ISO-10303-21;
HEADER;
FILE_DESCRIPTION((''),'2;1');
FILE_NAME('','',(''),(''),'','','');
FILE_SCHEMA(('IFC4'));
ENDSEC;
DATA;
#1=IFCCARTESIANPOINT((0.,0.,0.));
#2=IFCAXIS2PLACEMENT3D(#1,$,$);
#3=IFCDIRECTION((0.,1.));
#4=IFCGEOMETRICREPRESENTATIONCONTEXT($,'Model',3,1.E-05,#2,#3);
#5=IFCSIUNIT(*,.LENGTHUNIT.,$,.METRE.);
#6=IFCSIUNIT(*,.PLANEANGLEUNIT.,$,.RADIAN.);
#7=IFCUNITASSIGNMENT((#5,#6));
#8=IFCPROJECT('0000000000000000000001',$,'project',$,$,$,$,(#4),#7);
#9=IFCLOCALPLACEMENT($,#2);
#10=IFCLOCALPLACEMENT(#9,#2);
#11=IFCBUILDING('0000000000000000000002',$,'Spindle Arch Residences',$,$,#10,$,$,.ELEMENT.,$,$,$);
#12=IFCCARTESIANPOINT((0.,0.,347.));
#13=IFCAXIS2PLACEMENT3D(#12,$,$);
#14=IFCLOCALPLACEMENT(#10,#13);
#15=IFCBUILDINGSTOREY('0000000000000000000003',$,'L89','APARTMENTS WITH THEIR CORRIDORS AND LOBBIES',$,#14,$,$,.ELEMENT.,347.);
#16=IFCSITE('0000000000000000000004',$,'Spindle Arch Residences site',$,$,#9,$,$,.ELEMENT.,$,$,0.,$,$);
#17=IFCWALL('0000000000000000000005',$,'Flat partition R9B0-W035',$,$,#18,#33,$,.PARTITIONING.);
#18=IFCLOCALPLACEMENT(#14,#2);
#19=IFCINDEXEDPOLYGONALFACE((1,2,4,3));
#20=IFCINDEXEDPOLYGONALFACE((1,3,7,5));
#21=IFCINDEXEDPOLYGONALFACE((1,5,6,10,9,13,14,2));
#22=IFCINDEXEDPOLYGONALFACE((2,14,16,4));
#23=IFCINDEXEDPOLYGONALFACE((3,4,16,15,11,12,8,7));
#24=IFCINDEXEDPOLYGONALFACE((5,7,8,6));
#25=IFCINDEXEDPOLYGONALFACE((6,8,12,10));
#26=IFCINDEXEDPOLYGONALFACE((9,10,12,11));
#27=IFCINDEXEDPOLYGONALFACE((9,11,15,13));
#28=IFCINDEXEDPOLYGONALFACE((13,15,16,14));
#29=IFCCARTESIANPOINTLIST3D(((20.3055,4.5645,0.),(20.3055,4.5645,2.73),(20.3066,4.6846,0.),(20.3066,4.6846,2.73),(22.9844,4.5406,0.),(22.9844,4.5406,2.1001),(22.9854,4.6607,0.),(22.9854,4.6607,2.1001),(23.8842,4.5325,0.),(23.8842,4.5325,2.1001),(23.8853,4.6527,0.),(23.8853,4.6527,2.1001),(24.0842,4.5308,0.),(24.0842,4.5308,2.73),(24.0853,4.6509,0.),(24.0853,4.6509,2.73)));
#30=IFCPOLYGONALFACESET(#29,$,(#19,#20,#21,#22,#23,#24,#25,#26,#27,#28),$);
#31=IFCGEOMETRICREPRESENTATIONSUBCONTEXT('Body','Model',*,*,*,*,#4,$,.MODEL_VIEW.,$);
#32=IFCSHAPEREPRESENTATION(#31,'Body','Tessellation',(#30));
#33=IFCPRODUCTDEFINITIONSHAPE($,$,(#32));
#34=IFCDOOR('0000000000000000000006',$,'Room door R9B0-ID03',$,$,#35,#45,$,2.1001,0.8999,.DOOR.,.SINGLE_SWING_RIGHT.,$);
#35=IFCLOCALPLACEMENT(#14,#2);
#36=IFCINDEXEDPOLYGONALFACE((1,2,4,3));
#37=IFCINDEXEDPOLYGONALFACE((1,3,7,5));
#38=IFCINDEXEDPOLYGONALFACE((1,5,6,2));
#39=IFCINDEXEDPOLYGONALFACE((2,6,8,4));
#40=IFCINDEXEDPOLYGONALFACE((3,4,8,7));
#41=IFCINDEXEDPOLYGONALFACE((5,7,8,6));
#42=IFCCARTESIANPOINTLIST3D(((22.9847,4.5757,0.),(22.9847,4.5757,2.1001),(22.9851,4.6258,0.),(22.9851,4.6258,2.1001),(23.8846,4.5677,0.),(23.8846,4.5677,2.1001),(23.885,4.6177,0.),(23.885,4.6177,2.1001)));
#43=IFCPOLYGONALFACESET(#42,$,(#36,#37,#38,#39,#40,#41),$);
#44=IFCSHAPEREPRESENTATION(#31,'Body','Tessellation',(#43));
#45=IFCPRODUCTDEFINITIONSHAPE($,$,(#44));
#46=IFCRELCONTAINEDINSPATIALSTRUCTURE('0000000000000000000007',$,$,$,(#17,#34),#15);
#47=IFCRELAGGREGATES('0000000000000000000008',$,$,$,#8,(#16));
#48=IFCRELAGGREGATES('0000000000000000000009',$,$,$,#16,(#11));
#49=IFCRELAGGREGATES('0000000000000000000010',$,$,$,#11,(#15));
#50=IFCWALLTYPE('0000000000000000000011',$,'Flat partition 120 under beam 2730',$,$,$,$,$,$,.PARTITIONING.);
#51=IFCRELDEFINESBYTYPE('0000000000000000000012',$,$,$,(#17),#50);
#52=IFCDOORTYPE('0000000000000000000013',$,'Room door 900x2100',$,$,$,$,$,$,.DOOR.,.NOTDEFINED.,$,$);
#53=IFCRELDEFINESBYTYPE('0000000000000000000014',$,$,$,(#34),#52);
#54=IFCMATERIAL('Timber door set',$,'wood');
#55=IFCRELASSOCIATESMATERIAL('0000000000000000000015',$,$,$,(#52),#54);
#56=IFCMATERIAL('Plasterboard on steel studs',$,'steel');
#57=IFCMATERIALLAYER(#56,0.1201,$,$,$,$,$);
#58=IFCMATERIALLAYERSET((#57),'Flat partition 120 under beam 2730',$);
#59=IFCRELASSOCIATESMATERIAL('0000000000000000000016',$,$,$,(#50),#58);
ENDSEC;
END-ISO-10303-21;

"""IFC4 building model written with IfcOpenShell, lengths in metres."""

from ifc_helpers import new_model, si_unit, direction, frame, frame_2d, origin, place, context, subcontext, project, spatial, rectangle, extrude, material, layer, layer_set, type_object, element, fill, save


model = new_model("IFC4")

# Units and contexts
model_context = context("Model", 3, precision=1e-05, world=origin(), true_north=direction((0.0, 1.0)))
body_context = subcontext(model_context, "Body", "Model", "MODEL_VIEW")
ifc_project = project(units=[si_unit("LENGTHUNIT", "METRE"), si_unit("PLANEANGLEUNIT", "RADIAN")], contexts=[model_context])

# Site, building, storey
site_placement = place(None, origin())
site = spatial("IfcSite", under=ifc_project, at=site_placement, Name="Spindle Arch Residences site", CompositionType="ELEMENT", RefElevation=0.0)
building_placement = place(site_placement, origin())
building = spatial("IfcBuilding", under=site, at=building_placement, Name="Spindle Arch Residences", CompositionType="ELEMENT")
storey_placement = place(building_placement, frame((0.0, 0.0, 347.0)))
storey = spatial("IfcBuildingStorey", under=building, at=storey_placement, Name="L89", Description="APARTMENTS WITH THEIR CORRIDORS AND LOBBIES", CompositionType="ELEMENT", Elevation=347.0)

# Shared definitions
ifc_material_1 = material(Name="Timber door set", Category="wood")
door_type = type_object("IfcDoorType", Name="Room door 900x2100", OperationType="NOTDEFINED", PredefinedType="DOOR", material=ifc_material_1)

# Wall, opening, door
ifc_material_2 = material(Name="Plasterboard on steel studs", Category="steel")
ifc_layer_1 = layer(ifc_material_2, 0.1201)
ifc_layer_set_1 = layer_set([ifc_layer_1], Name="Flat partition 120 under beam 2730")
wall_type_1 = type_object("IfcWallType", Name="Flat partition 120 under beam 2730", PredefinedType="PARTITIONING", material=ifc_layer_set_1)
wall_1_placement = place(storey_placement, frame((24.0847, 4.5908, 0.0), z_axis=(0.0, 0.0, 1.0), x_axis=(-0.99996, 0.008916, 0.0)))
wall_1 = element("IfcWall", 1, at=wall_1_placement, inside=storey, type_object=wall_type_1, Name="Flat partition R9B0-W035", PredefinedType="PARTITIONING", context=body_context, shape_type="SweptSolid", body=[
    extrude(rectangle(XDim=3.7788, YDim=0.1201, at=frame_2d((1.8894, 0.0))), origin(), (0.0, 0.0, 1.0), 2.73),
])
opening_1_placement = place(wall_1_placement, frame((0.2, 0.0, 0.0)))
opening_1 = element("IfcOpeningElement", 2, at=opening_1_placement, cuts=wall_1, PredefinedType="OPENING", context=body_context, shape_type="SweptSolid", body=[
    extrude(rectangle(XDim=0.8999, YDim=2.1001, at=frame_2d((0.45, 1.05))), frame((0.0, 0.0701, 0.0), z_axis=(0.0, -1.0, 0.0), x_axis=(1.0, 0.0, 0.0)), (0.0, 0.0, 1.0), 0.1401),
])
door_1_placement = place(opening_1_placement, origin())
door_1 = element("IfcDoor", 3, at=door_1_placement, inside=storey, type_object=door_type, Name="Room door R9B0-ID03", OperationType="SINGLE_SWING_RIGHT", OverallHeight=2.1001, OverallWidth=0.8999, PredefinedType="DOOR", context=body_context, shape_type="SweptSolid", body=[
    extrude(rectangle(XDim=0.8999, YDim=2.1001, at=frame_2d((0.45, 1.05))), frame((0.0, 0.0249, 0.0), z_axis=(0.0, -1.0, 0.0), x_axis=(1.0, 0.0, 0.0)), (0.0, 0.0, 1.0), 0.05),
])
fill(opening_1, door_1)

save(model, "model.ifc")
